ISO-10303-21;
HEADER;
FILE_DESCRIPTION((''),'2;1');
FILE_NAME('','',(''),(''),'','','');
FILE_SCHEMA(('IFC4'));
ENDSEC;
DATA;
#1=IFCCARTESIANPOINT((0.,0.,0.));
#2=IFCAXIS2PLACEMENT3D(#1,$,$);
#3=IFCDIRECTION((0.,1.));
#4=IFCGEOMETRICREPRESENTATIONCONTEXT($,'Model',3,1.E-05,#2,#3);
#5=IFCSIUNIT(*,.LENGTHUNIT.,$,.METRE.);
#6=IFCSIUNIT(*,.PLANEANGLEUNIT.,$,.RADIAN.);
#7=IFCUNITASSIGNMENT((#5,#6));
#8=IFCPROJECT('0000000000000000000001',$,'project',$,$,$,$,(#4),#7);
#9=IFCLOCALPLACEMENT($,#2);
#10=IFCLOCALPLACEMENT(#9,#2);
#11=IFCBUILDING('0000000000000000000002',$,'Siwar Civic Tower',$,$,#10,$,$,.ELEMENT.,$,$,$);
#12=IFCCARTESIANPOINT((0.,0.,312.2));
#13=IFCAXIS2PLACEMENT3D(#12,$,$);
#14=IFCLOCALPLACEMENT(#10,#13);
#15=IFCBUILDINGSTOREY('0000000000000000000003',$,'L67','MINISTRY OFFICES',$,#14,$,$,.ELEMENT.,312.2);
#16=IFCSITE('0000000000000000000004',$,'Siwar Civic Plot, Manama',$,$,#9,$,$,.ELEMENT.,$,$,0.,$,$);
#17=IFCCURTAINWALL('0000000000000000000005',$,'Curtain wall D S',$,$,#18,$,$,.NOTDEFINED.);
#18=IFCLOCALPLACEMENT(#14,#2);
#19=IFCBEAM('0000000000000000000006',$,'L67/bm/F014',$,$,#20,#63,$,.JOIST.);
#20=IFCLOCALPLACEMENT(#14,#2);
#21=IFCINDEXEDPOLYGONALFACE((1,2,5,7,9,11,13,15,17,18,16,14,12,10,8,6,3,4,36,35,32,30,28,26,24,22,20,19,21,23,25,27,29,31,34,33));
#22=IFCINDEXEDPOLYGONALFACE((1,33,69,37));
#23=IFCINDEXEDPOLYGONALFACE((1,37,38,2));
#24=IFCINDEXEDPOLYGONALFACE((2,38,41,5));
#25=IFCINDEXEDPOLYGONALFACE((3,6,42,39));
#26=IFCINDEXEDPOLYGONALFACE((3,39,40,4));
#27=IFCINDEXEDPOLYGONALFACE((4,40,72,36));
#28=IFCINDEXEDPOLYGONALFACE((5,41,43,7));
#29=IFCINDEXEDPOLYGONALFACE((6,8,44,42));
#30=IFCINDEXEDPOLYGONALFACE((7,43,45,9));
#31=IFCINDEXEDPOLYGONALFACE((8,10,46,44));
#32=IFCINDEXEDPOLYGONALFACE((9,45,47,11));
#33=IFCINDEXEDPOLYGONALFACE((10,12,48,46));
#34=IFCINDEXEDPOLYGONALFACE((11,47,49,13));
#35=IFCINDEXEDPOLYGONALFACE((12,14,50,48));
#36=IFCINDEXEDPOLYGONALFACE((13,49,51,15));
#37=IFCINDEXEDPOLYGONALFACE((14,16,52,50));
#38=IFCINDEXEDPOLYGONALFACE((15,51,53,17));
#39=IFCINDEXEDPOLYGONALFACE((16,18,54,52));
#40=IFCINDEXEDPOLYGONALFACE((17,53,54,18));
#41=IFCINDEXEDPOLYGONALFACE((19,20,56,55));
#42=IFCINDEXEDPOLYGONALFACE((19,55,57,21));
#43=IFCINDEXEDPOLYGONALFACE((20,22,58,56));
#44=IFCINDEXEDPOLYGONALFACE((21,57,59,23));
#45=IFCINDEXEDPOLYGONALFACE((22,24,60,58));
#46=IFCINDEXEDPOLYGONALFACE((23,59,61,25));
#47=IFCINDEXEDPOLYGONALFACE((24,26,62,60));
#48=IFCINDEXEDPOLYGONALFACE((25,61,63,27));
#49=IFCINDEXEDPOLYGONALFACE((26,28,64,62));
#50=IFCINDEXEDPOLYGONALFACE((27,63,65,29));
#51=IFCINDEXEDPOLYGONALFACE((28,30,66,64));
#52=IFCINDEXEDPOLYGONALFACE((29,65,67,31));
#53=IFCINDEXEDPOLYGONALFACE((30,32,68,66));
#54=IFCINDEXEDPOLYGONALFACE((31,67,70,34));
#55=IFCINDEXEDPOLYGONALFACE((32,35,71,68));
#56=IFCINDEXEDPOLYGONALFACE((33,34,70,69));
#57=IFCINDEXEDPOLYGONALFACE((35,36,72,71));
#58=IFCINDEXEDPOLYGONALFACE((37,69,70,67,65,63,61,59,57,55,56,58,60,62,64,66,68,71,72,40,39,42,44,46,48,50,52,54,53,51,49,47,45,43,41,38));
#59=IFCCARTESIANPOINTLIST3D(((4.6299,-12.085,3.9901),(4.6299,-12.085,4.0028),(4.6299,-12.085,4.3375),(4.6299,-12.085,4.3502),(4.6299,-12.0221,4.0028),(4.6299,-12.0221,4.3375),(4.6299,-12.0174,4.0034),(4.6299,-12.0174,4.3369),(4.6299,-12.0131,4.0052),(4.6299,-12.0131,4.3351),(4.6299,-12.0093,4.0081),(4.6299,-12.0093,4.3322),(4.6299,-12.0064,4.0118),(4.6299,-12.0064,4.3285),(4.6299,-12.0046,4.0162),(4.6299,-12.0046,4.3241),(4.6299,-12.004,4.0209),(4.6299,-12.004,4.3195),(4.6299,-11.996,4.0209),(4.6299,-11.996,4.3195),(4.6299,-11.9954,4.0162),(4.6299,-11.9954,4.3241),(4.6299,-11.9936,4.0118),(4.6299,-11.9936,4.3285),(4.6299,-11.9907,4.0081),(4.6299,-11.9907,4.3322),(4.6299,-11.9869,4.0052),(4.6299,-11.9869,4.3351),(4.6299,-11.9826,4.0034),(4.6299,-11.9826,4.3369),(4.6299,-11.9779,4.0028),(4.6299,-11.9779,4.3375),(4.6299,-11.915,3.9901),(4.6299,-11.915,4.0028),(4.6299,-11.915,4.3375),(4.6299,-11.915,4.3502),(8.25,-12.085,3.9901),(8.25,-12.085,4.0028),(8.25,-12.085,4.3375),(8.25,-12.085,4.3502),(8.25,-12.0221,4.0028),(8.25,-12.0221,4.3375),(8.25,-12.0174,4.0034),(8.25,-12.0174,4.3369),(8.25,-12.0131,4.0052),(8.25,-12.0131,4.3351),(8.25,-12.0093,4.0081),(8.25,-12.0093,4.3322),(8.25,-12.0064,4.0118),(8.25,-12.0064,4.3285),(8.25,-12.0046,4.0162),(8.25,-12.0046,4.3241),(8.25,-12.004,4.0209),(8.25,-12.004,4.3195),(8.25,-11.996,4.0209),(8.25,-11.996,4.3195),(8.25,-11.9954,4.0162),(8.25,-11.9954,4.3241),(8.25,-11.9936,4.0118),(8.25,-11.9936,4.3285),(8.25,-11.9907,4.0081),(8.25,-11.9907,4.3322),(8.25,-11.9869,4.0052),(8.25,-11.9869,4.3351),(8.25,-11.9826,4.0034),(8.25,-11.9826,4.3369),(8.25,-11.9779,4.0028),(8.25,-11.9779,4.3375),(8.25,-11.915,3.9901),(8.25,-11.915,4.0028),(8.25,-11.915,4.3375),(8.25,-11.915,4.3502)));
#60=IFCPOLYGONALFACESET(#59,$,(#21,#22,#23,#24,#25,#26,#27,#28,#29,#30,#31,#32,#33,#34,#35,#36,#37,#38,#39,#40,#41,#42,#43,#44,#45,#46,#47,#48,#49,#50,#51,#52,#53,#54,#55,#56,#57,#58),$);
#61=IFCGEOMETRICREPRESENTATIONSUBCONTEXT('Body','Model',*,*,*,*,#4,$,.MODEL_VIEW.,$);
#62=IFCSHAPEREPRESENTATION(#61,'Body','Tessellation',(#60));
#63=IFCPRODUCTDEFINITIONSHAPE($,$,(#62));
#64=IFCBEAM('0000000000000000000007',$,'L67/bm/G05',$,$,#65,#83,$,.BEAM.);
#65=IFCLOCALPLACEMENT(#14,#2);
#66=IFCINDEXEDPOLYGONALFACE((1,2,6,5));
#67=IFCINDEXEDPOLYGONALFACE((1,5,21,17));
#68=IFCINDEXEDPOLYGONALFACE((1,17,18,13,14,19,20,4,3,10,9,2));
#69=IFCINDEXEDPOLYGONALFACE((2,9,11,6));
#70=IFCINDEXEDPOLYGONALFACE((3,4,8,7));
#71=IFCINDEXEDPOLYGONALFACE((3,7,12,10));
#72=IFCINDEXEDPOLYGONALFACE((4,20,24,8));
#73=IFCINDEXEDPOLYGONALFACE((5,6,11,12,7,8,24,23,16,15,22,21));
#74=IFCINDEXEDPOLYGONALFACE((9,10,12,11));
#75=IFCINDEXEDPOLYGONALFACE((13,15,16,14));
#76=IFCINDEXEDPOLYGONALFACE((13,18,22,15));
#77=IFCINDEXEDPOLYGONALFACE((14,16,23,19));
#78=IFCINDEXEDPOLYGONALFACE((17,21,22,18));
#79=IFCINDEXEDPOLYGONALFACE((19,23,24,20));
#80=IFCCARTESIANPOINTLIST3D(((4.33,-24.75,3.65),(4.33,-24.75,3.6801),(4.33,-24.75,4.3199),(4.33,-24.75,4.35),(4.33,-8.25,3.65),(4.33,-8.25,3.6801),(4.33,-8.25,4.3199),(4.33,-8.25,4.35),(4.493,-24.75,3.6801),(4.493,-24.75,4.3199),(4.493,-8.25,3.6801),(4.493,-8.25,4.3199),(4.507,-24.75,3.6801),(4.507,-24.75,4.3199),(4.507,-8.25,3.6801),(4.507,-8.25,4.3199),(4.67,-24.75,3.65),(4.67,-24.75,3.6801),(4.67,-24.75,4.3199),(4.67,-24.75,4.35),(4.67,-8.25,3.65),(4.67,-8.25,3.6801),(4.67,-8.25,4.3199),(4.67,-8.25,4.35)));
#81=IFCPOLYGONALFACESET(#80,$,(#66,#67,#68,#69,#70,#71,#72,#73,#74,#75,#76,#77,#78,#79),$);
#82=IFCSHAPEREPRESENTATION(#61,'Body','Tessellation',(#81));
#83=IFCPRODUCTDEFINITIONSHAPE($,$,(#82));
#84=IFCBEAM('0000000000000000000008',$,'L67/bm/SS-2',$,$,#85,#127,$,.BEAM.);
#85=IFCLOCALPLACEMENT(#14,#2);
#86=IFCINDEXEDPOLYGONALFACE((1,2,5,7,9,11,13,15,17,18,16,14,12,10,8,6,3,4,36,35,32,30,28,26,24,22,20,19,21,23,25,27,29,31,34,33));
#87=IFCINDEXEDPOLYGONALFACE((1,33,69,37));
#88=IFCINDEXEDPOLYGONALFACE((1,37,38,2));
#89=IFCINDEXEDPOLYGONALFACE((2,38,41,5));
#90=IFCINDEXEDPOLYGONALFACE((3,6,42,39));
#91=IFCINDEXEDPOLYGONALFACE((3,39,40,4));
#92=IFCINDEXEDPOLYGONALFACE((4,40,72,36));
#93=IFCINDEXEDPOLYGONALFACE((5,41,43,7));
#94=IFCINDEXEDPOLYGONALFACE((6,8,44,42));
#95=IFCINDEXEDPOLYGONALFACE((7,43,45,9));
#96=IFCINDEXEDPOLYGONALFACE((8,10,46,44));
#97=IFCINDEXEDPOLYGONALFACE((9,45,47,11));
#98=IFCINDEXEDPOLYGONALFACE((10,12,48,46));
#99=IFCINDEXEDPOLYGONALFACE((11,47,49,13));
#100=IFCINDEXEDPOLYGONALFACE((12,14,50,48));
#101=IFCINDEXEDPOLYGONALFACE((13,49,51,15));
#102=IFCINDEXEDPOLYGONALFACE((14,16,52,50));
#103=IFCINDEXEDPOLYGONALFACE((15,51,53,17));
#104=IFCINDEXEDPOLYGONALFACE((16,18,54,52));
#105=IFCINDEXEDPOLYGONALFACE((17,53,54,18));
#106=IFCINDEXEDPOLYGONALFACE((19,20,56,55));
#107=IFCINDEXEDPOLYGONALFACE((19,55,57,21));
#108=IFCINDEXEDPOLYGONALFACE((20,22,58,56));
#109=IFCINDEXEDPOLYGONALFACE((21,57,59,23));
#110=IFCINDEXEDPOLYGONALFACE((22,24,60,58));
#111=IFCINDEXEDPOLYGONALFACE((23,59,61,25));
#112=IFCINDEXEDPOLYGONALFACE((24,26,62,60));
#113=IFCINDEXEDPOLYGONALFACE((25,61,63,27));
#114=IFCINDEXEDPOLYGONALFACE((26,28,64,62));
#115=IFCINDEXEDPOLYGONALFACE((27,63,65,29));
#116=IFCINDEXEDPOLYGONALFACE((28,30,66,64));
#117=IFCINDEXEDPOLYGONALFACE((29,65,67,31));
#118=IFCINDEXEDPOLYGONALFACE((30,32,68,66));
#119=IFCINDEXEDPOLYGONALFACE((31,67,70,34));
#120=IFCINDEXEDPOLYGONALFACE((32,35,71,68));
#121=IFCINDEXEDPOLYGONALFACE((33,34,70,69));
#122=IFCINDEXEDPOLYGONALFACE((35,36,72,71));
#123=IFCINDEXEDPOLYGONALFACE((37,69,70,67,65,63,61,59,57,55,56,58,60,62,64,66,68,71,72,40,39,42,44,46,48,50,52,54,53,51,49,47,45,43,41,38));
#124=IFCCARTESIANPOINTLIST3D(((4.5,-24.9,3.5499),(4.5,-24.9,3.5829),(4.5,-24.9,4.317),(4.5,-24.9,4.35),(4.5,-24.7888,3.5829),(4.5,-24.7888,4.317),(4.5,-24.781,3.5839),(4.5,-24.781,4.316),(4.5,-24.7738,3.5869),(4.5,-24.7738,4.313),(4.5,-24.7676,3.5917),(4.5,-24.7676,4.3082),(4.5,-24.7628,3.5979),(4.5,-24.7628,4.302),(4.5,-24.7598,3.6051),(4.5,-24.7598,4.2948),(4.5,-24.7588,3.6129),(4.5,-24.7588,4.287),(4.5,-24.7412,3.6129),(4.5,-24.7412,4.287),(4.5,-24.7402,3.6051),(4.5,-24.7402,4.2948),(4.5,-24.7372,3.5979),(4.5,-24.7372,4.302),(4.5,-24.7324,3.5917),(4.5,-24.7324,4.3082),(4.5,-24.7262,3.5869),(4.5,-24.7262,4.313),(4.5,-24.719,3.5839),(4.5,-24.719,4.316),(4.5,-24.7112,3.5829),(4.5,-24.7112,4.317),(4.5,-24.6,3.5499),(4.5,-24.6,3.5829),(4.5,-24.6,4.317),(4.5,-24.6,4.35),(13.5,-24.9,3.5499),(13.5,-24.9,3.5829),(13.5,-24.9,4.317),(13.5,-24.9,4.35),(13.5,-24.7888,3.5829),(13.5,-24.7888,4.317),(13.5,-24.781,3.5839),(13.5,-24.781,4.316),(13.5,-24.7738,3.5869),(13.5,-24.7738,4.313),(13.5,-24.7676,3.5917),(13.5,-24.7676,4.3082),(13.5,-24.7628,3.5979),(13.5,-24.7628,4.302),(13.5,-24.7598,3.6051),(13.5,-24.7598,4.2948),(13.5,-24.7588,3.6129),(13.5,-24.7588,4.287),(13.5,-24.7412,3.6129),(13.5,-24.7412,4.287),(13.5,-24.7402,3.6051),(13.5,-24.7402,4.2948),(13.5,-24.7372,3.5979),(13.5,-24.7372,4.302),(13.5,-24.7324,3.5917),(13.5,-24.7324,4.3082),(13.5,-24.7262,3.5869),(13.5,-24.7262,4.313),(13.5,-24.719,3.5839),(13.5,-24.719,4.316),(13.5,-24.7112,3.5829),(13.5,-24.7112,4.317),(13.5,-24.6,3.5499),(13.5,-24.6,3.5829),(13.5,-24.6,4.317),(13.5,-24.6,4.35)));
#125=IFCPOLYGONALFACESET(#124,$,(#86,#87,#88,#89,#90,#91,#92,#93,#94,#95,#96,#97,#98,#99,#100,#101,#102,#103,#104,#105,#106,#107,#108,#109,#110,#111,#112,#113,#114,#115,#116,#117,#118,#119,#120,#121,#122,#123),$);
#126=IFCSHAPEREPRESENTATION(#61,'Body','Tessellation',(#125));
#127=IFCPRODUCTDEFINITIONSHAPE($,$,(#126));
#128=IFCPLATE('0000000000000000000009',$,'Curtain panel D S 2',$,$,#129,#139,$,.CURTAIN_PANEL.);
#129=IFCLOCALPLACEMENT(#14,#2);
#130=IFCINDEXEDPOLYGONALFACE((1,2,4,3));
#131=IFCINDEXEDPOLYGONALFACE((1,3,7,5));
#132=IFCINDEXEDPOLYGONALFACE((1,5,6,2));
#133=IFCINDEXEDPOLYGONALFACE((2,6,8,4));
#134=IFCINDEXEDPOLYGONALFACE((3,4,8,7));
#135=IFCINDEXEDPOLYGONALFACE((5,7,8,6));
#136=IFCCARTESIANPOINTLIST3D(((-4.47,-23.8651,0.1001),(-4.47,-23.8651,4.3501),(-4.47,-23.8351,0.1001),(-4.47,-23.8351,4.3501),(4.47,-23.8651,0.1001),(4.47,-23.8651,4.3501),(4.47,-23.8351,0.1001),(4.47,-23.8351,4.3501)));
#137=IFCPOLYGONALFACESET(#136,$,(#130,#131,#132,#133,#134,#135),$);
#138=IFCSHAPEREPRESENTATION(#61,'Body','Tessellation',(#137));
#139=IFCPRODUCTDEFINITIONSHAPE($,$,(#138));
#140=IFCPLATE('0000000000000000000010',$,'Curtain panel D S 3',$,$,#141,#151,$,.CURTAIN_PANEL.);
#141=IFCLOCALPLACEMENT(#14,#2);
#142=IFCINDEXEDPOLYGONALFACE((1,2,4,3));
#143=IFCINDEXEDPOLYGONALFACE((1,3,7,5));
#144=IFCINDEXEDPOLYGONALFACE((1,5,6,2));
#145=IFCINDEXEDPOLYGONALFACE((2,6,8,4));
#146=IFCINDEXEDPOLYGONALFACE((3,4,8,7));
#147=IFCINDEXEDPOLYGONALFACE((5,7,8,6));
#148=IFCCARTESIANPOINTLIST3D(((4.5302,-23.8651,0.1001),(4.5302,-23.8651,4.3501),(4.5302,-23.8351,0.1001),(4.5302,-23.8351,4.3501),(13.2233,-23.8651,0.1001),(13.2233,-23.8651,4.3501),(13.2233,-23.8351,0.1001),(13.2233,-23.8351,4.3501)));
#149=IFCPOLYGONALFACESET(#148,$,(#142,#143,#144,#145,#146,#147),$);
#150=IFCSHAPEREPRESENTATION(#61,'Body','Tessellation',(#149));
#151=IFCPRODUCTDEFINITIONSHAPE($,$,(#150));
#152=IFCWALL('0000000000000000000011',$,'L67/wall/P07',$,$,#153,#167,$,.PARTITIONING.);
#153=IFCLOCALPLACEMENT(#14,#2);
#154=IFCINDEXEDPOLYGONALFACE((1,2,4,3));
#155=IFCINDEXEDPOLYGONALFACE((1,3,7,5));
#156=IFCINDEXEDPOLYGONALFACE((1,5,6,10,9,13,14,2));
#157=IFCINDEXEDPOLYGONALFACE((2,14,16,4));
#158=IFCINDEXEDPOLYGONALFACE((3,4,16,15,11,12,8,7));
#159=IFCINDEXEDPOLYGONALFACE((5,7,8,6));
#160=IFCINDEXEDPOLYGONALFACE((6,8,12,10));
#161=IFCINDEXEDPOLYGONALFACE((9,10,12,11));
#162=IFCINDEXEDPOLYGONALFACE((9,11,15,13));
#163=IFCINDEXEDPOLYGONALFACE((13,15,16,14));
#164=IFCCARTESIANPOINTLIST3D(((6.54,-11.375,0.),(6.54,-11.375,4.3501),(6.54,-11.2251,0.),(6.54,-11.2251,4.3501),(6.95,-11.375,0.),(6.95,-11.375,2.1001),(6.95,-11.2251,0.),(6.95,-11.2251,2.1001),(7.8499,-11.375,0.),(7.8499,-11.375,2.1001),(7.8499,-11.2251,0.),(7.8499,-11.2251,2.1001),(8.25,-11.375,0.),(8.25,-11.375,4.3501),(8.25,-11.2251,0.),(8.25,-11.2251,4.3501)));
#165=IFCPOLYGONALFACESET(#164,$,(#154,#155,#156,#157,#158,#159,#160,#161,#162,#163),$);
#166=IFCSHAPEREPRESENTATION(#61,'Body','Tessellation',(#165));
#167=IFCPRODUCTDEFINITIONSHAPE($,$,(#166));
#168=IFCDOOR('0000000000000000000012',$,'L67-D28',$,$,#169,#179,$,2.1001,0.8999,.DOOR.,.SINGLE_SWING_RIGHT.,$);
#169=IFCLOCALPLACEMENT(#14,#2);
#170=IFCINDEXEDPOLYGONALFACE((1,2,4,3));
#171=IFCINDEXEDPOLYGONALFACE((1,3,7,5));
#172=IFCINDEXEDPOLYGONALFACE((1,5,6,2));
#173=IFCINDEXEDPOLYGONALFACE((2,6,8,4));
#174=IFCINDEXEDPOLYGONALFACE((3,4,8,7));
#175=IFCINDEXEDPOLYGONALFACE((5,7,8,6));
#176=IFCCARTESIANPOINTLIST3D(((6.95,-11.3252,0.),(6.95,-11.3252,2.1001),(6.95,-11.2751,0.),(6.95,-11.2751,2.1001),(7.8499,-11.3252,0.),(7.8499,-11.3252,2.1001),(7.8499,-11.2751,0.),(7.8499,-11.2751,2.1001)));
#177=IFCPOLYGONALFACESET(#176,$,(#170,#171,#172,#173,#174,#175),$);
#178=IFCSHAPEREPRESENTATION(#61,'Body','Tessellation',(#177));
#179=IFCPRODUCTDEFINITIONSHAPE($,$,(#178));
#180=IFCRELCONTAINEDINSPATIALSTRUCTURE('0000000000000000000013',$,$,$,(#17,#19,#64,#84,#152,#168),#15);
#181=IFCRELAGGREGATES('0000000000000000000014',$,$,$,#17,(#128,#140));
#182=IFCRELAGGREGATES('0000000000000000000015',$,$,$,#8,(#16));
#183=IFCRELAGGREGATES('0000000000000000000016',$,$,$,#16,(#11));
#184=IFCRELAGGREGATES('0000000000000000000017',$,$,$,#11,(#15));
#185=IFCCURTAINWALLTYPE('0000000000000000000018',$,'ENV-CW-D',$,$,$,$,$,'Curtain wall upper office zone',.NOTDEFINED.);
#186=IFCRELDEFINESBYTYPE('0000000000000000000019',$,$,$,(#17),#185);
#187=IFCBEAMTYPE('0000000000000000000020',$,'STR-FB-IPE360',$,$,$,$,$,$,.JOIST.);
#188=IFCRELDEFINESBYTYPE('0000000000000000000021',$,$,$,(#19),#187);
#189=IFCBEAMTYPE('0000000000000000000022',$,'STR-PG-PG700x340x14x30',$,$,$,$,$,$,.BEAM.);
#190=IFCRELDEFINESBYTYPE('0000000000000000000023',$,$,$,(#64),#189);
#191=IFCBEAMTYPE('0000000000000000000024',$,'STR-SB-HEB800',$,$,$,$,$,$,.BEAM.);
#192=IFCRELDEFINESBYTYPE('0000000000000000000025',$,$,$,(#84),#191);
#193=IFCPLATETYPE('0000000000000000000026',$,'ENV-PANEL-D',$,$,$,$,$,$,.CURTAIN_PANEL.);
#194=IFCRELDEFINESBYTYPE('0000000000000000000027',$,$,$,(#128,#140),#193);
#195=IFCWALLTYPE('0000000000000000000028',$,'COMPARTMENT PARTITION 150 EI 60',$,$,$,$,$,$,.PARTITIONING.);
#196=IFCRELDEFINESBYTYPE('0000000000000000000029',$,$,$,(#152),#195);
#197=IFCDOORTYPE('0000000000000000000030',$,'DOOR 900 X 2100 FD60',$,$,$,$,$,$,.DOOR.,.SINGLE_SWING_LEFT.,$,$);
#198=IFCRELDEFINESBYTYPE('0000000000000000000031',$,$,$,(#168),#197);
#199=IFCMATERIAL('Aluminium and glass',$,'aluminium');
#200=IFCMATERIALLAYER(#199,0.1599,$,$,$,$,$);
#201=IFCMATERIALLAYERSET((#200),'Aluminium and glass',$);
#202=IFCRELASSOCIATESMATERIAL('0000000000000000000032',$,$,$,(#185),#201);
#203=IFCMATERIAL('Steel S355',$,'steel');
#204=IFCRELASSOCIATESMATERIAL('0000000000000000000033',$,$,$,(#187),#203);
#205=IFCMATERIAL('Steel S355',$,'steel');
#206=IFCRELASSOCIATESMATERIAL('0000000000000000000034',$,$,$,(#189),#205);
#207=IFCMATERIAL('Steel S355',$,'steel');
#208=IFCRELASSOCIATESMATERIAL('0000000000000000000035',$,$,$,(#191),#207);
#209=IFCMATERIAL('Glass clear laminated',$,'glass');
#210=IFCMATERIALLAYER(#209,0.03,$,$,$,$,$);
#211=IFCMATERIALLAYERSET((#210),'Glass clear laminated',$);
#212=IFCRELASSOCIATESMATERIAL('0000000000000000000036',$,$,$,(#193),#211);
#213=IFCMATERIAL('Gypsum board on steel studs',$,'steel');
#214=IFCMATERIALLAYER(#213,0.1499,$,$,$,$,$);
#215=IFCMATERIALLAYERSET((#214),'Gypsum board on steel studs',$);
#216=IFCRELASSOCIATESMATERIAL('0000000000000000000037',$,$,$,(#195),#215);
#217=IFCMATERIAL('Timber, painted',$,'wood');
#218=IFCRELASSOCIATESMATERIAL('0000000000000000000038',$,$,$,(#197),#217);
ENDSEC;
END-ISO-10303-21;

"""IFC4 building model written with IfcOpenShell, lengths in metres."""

from ifc_helpers import new_model, si_unit, direction, frame, frame_2d, origin, origin_2d, place, context, subcontext, project, spatial, rectangle, i_section, extrude, material, layer, layer_set, material_profile, profile_set, type_object, element, fill, aggregate, save


model = new_model("IFC4")

# Units and contexts
model_context = context("Model", 3, precision=1e-05, world=origin(), true_north=direction((0.0, 1.0)))
body_context = subcontext(model_context, "Body", "Model", "MODEL_VIEW")
ifc_project = project(units=[si_unit("LENGTHUNIT", "METRE"), si_unit("PLANEANGLEUNIT", "RADIAN")], contexts=[model_context])

# Site, building, storey
site_placement = place(None, origin())
site = spatial("IfcSite", under=ifc_project, at=site_placement, Name="Siwar Civic Plot, Manama", CompositionType="ELEMENT", RefElevation=0.0)
building_placement = place(site_placement, origin())
building = spatial("IfcBuilding", under=site, at=building_placement, Name="Siwar Civic Tower", CompositionType="ELEMENT")
storey_placement = place(building_placement, frame((0.0, 0.0, 312.2)))
storey = spatial("IfcBuildingStorey", under=building, at=storey_placement, Name="L67", Description="MINISTRY OFFICES", CompositionType="ELEMENT", Elevation=312.2)

# Curtain wall
ifc_material_1 = material(Name="Aluminium and glass", Category="aluminium")
ifc_layer_1 = layer(ifc_material_1, 0.1599)
ifc_layer_set_1 = layer_set([ifc_layer_1], Name="Aluminium and glass")
curtain_wall_type_1 = type_object("IfcCurtainWallType", Name="ENV-CW-D", ElementType="Curtain wall upper office zone", PredefinedType="NOTDEFINED", material=ifc_layer_set_1)
curtain_wall_1_placement = place(storey_placement, origin())
curtain_wall_1 = element("IfcCurtainWall", 1, at=curtain_wall_1_placement, inside=storey, type_object=curtain_wall_type_1, Name="Curtain wall D S", PredefinedType="NOTDEFINED")

# Beams
ifc_material_2 = material(Name="Steel S355", Category="steel")
ifc_material_profile_1 = material_profile(ifc_material_2, i_section(OverallWidth=0.1699, OverallDepth=0.3601, WebThickness=0.0081, FlangeThickness=0.0127, FilletRadius=0.0181, at=origin_2d()), Name="IPE360")
ifc_profile_set_1 = profile_set([ifc_material_profile_1], Name="Steel S355")
beam_type_1 = type_object("IfcBeamType", Name="STR-FB-IPE360", PredefinedType="JOIST", material=ifc_profile_set_1)
beam_1_placement = place(storey_placement, frame((4.6299, -12.0, 4.1702), z_axis=(1.0, 0.0, 0.0), x_axis=(0.0, 1.0, 0.0)))
element("IfcBeam", 2, at=beam_1_placement, inside=storey, type_object=beam_type_1, Name="L67/bm/F014", PredefinedType="JOIST", context=body_context, shape_type="SweptSolid", body=[
    extrude(i_section(OverallWidth=0.1699, OverallDepth=0.3601, WebThickness=0.0081, FlangeThickness=0.0127, FilletRadius=0.0181, at=origin_2d()), origin(), (0.0, 0.0, 1.0), 3.6201),
])
ifc_material_3 = material(Name="Steel S355", Category="steel")
ifc_material_profile_2 = material_profile(ifc_material_3, i_section(OverallWidth=0.3401, OverallDepth=0.7, WebThickness=0.0139, FlangeThickness=0.03, at=origin_2d()), Name="PG700x340x14x30")
ifc_profile_set_2 = profile_set([ifc_material_profile_2], Name="Steel S355")
beam_type_2 = type_object("IfcBeamType", Name="STR-PG-PG700x340x14x30", PredefinedType="BEAM", material=ifc_profile_set_2)
beam_2_placement = place(storey_placement, frame((4.5, -24.75, 4.0), z_axis=(0.0, 1.0, 0.0), x_axis=(-1.0, 0.0, 0.0)))
element("IfcBeam", 3, at=beam_2_placement, inside=storey, type_object=beam_type_2, Name="L67/bm/G05", PredefinedType="BEAM", context=body_context, shape_type="SweptSolid", body=[
    extrude(i_section(OverallWidth=0.3401, OverallDepth=0.7, WebThickness=0.0139, FlangeThickness=0.03, at=origin_2d()), origin(), (0.0, 0.0, 1.0), 16.5),
])
ifc_material_4 = material(Name="Steel S355", Category="steel")
ifc_material_profile_3 = material_profile(ifc_material_4, i_section(OverallWidth=0.3, OverallDepth=0.8, WebThickness=0.0176, FlangeThickness=0.033, FilletRadius=0.03, at=origin_2d()), Name="HEB800")
ifc_profile_set_3 = profile_set([ifc_material_profile_3], Name="Steel S355")
beam_type_3 = type_object("IfcBeamType", Name="STR-SB-HEB800", PredefinedType="BEAM", material=ifc_profile_set_3)
beam_3_placement = place(storey_placement, frame((4.5, -24.75, 3.95), z_axis=(1.0, 0.0, 0.0), x_axis=(0.0, 1.0, 0.0)))
element("IfcBeam", 4, at=beam_3_placement, inside=storey, type_object=beam_type_3, Name="L67/bm/SS-2", PredefinedType="BEAM", context=body_context, shape_type="SweptSolid", body=[
    extrude(i_section(OverallWidth=0.3, OverallDepth=0.8, WebThickness=0.0176, FlangeThickness=0.033, FilletRadius=0.03, at=origin_2d()), origin(), (0.0, 0.0, 1.0), 9.0),
])

# Plates
ifc_material_5 = material(Name="Glass clear laminated", Category="glass")
ifc_layer_2 = layer(ifc_material_5, 0.03)
ifc_layer_set_2 = layer_set([ifc_layer_2], Name="Glass clear laminated")
plate_type = type_object("IfcPlateType", Name="ENV-PANEL-D", PredefinedType="CURTAIN_PANEL", material=ifc_layer_set_2)
plate_1_placement = place(storey_placement, frame((0.0, -23.8501, 0.1001), z_axis=(0.0, 0.0, 1.0), x_axis=(1.0, 0.0, 0.0)))
plate_1 = element("IfcPlate", 5, at=plate_1_placement, type_object=plate_type, Name="Curtain panel D S 2", PredefinedType="CURTAIN_PANEL", context=body_context, shape_type="SweptSolid", body=[
    extrude(rectangle(XDim=8.9399, YDim=0.03, at=origin_2d()), origin(), (0.0, 0.0, 1.0), 4.25),
])
plate_2_placement = place(storey_placement, frame((8.8767, -23.8501, 0.1001), z_axis=(0.0, 0.0, 1.0), x_axis=(1.0, 0.0, 0.0)))
plate_2 = element("IfcPlate", 6, at=plate_2_placement, type_object=plate_type, Name="Curtain panel D S 3", PredefinedType="CURTAIN_PANEL", context=body_context, shape_type="SweptSolid", body=[
    extrude(rectangle(XDim=8.6931, YDim=0.03, at=origin_2d()), origin(), (0.0, 0.0, 1.0), 4.25),
])
aggregate(curtain_wall_1, [plate_1, plate_2])

# Wall, opening, door
ifc_material_6 = material(Name="Gypsum board on steel studs", Category="steel")
ifc_layer_3 = layer(ifc_material_6, 0.1499)
ifc_layer_set_3 = layer_set([ifc_layer_3], Name="Gypsum board on steel studs")
wall_type_1 = type_object("IfcWallType", Name="COMPARTMENT PARTITION 150 EI 60", PredefinedType="PARTITIONING", material=ifc_layer_set_3)
wall_1_placement = place(storey_placement, frame((6.54, -11.3, 0.0), z_axis=(0.0, 0.0, 1.0), x_axis=(1.0, 0.0, 0.0)))
wall_1 = element("IfcWall", 7, at=wall_1_placement, inside=storey, type_object=wall_type_1, Name="L67/wall/P07", PredefinedType="PARTITIONING", context=body_context, shape_type="SweptSolid", body=[
    extrude(rectangle(XDim=1.71, YDim=0.1499, at=frame_2d((0.855, 0.0))), origin(), (0.0, 0.0, 1.0), 4.3501),
])
opening_1_placement = place(wall_1_placement, frame((0.4099, 0.0, 0.0)))
opening_1 = element("IfcOpeningElement", 8, at=opening_1_placement, cuts=wall_1, PredefinedType="OPENING", context=body_context, shape_type="SweptSolid", body=[
    extrude(rectangle(XDim=0.8999, YDim=2.1001, at=frame_2d((0.45, 1.05))), frame((0.0, 0.085, 0.0), z_axis=(0.0, -1.0, 0.0), x_axis=(1.0, 0.0, 0.0)), (0.0, 0.0, 1.0), 0.1699),
])
ifc_material_7 = material(Name="Timber, painted", Category="wood")
door_type_1 = type_object("IfcDoorType", Name="DOOR 900 X 2100 FD60", OperationType="SINGLE_SWING_LEFT", PredefinedType="DOOR", material=ifc_material_7)
door_1_placement = place(opening_1_placement, origin())
door_1 = element("IfcDoor", 9, at=door_1_placement, inside=storey, type_object=door_type_1, Name="L67-D28", OperationType="SINGLE_SWING_RIGHT", OverallHeight=2.1001, OverallWidth=0.8999, PredefinedType="DOOR", context=body_context, shape_type="SweptSolid", body=[
    extrude(rectangle(XDim=0.8999, YDim=2.1001, at=frame_2d((0.45, 1.05))), frame((0.0, 0.0249, 0.0), z_axis=(0.0, -1.0, 0.0), x_axis=(1.0, 0.0, 0.0)), (0.0, 0.0, 1.0), 0.05),
])
fill(opening_1, door_1)

save(model, "model.ifc")
